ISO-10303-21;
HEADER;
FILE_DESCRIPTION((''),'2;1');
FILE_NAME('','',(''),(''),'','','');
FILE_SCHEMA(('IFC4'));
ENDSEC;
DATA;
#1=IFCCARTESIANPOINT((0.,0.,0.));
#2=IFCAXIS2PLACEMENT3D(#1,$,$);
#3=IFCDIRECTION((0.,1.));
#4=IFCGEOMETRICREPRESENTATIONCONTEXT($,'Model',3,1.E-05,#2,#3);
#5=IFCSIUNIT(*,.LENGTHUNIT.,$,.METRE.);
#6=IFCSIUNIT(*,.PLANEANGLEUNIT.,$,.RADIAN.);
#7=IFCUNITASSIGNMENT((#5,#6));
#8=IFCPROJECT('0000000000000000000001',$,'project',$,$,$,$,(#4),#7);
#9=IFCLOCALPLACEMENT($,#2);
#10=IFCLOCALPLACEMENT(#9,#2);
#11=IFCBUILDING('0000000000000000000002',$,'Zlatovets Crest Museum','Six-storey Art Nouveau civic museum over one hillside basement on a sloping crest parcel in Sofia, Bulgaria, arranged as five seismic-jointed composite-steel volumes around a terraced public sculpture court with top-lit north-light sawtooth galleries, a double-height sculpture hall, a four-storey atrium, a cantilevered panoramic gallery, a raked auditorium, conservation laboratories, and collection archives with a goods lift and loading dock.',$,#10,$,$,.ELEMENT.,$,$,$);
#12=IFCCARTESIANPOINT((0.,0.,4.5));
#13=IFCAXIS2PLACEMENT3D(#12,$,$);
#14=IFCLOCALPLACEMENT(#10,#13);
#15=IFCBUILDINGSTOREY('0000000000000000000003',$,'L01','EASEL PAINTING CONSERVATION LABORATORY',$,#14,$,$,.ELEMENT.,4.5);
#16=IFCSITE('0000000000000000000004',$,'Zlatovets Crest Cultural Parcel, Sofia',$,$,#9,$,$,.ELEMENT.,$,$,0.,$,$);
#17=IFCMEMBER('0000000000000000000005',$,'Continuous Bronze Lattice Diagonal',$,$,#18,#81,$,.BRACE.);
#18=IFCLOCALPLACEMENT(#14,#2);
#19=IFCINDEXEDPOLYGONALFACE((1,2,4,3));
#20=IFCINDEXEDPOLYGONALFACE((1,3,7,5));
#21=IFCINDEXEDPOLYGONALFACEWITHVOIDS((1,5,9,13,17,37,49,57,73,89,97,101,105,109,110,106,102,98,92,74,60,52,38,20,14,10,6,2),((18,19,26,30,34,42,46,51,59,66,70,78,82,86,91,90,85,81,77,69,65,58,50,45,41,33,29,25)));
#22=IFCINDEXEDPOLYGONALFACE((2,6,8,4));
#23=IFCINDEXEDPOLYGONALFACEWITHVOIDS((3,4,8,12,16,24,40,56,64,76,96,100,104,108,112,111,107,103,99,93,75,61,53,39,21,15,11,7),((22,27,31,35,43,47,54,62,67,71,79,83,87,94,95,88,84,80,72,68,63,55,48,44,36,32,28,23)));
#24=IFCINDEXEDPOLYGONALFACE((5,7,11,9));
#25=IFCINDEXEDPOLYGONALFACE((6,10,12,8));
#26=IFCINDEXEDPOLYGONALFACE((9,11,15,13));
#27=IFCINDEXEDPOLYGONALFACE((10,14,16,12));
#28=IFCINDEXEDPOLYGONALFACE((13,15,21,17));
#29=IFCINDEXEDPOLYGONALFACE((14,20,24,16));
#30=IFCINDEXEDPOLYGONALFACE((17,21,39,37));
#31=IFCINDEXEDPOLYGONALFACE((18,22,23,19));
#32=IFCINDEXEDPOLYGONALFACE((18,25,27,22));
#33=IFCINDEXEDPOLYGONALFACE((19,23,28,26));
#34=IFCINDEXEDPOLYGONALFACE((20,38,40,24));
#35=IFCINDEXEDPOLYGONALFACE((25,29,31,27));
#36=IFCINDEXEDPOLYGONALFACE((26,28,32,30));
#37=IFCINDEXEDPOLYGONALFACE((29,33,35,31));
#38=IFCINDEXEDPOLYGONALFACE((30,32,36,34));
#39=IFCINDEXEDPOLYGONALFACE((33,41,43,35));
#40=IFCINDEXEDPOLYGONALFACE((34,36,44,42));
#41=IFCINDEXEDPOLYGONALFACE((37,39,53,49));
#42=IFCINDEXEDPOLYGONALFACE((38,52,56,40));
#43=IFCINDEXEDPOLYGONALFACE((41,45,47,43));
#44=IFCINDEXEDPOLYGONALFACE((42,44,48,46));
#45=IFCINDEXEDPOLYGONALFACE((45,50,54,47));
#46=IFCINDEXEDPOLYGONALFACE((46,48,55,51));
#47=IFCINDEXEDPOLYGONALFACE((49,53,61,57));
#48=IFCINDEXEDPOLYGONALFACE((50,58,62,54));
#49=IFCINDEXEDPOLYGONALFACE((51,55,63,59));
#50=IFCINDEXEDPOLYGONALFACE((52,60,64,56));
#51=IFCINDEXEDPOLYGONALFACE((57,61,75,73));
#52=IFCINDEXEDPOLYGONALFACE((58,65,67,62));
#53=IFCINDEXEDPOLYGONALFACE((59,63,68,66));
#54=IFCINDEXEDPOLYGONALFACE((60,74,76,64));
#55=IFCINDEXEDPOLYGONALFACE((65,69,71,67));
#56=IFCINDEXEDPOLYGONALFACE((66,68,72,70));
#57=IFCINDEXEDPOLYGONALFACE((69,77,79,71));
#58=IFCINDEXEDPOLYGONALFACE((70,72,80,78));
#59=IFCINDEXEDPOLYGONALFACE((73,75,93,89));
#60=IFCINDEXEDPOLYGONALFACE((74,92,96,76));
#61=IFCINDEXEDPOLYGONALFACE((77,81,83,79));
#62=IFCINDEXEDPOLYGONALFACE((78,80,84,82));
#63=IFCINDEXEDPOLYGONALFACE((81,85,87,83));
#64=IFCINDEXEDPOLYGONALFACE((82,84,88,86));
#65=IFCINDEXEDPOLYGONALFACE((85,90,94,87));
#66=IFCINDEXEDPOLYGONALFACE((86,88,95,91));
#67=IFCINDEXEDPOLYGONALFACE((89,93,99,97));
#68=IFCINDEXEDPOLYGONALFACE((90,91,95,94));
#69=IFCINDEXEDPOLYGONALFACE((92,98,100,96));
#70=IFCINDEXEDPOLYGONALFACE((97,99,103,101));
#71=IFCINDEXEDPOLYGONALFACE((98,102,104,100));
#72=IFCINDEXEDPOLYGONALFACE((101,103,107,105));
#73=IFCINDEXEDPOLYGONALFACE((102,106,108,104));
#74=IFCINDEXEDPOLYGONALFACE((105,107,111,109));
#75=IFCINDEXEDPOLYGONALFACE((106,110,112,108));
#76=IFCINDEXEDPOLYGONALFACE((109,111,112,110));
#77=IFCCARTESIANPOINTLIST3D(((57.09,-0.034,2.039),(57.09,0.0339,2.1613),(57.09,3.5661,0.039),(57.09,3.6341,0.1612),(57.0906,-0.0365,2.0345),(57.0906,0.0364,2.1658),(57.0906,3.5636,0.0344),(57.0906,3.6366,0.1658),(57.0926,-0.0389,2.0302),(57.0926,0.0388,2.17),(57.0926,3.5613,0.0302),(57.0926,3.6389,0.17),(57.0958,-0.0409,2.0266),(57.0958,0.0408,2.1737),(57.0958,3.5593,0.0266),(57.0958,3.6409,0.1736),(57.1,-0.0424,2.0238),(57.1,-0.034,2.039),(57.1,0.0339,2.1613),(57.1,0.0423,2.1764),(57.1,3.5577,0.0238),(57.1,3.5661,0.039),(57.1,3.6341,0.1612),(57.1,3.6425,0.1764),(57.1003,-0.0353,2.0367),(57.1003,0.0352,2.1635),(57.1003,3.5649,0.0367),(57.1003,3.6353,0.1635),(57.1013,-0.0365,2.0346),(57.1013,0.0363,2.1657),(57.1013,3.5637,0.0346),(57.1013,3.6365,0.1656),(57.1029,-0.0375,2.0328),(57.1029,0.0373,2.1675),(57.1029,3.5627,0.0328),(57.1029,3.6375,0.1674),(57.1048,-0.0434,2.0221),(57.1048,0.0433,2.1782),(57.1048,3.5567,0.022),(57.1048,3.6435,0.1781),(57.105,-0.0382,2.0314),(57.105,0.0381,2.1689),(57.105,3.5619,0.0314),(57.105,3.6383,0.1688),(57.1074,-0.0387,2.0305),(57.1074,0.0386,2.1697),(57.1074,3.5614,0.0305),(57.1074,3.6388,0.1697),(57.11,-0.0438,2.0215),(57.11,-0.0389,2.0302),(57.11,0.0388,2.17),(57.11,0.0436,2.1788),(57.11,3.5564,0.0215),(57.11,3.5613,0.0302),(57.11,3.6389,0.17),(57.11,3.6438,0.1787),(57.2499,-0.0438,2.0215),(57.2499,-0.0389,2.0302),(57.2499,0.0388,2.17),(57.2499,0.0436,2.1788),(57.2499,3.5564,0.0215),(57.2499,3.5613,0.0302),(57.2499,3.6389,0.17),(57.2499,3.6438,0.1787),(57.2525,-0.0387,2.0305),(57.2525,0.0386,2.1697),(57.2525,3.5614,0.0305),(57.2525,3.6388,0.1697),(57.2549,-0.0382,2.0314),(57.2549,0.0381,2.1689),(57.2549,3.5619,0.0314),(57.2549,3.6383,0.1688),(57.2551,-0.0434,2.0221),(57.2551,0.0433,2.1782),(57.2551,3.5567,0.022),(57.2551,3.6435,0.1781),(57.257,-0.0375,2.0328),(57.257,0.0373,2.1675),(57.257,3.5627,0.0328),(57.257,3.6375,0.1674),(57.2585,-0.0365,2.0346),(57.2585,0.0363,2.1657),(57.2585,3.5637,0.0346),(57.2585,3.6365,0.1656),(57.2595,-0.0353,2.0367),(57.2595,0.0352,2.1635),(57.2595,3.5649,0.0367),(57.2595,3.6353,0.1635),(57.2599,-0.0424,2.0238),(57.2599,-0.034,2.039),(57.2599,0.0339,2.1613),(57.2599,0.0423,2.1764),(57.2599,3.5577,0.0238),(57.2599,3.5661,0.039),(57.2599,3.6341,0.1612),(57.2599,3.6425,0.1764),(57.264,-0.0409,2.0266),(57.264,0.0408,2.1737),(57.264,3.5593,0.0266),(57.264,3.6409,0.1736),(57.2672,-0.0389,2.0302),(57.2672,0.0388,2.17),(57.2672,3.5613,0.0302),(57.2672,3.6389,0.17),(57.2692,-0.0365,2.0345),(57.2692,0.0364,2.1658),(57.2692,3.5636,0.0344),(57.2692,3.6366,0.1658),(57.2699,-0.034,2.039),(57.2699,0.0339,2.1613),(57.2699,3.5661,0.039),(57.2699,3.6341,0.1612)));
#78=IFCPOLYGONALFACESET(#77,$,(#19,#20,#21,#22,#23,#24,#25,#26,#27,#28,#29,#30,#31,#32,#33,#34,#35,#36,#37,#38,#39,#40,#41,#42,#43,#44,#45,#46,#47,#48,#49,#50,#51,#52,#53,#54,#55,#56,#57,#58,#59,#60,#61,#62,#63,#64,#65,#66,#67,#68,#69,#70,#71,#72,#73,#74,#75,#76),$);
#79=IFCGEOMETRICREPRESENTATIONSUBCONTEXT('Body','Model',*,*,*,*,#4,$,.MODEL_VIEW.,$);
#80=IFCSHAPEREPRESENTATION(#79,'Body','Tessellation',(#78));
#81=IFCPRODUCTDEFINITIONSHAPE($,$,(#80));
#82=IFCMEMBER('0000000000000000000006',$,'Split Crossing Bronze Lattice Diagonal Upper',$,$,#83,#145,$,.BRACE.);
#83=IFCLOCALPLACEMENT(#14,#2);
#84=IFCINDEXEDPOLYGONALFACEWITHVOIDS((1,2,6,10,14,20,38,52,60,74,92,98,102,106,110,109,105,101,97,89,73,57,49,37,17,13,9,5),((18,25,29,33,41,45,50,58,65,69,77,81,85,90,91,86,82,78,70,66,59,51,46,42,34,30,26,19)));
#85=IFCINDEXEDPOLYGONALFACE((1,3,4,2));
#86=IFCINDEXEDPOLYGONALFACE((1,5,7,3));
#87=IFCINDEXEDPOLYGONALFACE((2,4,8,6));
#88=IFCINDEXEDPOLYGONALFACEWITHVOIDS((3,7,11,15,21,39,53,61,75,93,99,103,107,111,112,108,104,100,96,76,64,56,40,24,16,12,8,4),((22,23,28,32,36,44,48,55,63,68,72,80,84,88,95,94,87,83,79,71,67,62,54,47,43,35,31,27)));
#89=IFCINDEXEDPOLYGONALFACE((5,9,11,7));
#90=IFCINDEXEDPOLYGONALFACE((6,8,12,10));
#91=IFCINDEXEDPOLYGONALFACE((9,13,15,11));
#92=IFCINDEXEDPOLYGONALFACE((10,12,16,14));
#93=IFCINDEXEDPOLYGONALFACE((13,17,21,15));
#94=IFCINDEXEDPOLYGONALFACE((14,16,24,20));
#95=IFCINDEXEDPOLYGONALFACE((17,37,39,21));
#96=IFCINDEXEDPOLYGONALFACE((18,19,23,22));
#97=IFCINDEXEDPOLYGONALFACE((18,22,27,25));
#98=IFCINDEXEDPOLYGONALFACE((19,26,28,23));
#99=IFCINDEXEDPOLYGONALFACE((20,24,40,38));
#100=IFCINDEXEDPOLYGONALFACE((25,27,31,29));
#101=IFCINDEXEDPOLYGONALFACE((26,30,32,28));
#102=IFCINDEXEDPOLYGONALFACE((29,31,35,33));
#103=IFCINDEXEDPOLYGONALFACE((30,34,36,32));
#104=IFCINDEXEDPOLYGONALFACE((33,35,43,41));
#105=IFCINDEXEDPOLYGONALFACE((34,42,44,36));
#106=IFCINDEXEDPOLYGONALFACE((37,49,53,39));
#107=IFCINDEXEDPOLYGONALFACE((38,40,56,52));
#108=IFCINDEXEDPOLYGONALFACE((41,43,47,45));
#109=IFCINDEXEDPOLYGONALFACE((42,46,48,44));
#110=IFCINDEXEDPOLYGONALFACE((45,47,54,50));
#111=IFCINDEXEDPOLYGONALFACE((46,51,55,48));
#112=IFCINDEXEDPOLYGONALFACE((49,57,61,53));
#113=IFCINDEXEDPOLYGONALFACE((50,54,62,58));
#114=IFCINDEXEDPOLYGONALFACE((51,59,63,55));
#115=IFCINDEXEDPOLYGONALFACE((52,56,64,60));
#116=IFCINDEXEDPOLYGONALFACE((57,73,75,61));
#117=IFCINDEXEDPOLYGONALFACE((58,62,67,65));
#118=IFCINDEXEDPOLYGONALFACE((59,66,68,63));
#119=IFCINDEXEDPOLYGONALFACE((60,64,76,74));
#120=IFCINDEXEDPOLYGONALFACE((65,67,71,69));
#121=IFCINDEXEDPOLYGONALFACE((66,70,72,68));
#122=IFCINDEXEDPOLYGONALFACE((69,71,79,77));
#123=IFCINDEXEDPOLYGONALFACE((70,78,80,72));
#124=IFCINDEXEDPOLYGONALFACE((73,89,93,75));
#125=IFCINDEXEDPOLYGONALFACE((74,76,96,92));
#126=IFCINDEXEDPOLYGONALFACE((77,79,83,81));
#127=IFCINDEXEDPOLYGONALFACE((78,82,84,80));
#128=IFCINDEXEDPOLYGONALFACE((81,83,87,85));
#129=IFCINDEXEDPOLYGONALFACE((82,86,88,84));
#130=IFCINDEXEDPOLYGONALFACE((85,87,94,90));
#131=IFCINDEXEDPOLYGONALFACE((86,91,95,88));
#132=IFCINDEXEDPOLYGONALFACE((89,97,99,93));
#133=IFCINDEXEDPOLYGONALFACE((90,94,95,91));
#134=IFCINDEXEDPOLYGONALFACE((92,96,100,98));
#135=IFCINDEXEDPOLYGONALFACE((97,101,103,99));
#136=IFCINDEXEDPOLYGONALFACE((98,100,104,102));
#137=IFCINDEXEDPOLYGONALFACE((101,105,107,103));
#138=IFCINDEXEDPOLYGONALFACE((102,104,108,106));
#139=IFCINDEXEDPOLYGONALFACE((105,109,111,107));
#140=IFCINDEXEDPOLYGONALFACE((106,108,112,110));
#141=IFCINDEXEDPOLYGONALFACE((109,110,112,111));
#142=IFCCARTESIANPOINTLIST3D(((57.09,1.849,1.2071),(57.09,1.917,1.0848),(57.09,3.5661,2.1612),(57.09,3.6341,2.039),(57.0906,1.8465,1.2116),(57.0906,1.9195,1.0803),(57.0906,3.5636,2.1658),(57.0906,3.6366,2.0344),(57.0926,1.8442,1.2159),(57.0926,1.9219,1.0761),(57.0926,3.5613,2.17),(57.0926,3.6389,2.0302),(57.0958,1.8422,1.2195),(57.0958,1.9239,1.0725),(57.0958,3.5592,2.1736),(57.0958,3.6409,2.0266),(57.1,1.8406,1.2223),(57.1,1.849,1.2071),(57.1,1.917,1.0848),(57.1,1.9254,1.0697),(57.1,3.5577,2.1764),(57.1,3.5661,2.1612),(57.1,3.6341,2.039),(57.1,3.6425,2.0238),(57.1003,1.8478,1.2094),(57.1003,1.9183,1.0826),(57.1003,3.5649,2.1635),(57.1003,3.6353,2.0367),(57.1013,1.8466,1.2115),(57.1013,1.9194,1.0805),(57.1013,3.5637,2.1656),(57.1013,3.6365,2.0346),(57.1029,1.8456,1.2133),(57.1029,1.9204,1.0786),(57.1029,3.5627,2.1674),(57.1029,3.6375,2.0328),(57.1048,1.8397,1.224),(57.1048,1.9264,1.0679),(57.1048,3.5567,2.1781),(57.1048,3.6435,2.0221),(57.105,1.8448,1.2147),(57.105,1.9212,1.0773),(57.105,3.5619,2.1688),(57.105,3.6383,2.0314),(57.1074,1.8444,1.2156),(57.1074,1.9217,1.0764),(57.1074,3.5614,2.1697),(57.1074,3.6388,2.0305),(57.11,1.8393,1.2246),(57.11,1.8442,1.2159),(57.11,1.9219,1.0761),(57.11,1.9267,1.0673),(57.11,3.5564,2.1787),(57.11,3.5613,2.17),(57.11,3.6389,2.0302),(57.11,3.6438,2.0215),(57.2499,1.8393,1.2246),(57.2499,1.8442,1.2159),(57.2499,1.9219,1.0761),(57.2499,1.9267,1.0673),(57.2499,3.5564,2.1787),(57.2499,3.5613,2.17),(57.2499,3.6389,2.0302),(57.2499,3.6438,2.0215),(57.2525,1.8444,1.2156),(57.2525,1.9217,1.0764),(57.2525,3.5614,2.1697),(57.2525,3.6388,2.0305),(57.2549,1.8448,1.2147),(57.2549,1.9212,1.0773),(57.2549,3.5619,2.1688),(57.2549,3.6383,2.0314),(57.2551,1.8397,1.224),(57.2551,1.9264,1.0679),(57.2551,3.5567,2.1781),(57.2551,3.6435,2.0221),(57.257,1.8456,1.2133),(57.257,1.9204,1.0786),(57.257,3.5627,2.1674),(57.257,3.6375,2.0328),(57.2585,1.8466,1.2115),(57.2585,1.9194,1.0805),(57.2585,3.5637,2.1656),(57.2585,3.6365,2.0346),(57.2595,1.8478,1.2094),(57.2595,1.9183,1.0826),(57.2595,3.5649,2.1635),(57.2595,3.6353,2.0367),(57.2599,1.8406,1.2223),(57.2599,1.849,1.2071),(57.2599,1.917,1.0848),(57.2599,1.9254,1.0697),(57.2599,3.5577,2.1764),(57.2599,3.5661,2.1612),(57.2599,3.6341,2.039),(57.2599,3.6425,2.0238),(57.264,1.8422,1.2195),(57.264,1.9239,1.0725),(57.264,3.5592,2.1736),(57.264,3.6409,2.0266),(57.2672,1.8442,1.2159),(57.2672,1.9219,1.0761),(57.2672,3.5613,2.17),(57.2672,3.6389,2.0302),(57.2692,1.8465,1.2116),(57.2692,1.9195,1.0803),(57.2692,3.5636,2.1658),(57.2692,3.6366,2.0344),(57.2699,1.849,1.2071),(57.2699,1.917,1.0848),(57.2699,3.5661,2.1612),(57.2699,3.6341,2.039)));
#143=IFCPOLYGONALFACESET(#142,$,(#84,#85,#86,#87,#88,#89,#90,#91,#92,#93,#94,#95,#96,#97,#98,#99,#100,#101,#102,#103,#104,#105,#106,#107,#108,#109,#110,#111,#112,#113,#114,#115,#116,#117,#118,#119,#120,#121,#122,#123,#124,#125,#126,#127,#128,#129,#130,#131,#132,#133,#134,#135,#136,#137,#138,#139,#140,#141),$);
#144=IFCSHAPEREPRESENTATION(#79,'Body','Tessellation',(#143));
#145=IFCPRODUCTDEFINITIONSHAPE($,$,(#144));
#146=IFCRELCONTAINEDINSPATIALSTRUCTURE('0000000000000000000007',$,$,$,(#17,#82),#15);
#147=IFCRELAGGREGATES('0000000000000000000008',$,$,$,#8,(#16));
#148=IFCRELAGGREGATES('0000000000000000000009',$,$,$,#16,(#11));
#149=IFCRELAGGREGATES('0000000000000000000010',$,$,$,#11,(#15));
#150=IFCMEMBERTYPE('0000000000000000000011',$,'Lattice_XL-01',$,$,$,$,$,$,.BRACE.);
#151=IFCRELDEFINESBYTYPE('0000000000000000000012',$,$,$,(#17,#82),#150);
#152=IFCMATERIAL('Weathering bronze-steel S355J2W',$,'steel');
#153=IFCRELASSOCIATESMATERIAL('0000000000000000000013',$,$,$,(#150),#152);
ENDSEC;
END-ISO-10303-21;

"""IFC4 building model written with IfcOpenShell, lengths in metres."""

from ifc_helpers import new_model, si_unit, direction, frame, origin, origin_2d, place, context, subcontext, project, spatial, hollow_rectangle, extrude, material, material_profile, profile_set, type_object, element, save


model = new_model("IFC4")

# Units and contexts
model_context = context("Model", 3, precision=1e-05, world=origin(), true_north=direction((0.0, 1.0)))
body_context = subcontext(model_context, "Body", "Model", "MODEL_VIEW")
ifc_project = project(units=[si_unit("LENGTHUNIT", "METRE"), si_unit("PLANEANGLEUNIT", "RADIAN")], contexts=[model_context])

# Site, building, storey
site_placement = place(None, origin())
site = spatial("IfcSite", under=ifc_project, at=site_placement, Name="Zlatovets Crest Cultural Parcel, Sofia", CompositionType="ELEMENT", RefElevation=0.0)
building_placement = place(site_placement, origin())
building = spatial("IfcBuilding", under=site, at=building_placement, Name="Zlatovets Crest Museum", Description="Six-storey Art Nouveau civic museum over one hillside basement on a sloping crest parcel in Sofia, Bulgaria, arranged as five seismic-jointed composite-steel volumes around a terraced public sculpture court with top-lit north-light sawtooth galleries, a double-height sculpture hall, a four-storey atrium, a cantilevered panoramic gallery, a raked auditorium, conservation laboratories, and collection archives with a goods lift and loading dock.", CompositionType="ELEMENT")
storey_placement = place(building_placement, frame((0.0, 0.0, 4.5)))
storey = spatial("IfcBuildingStorey", under=building, at=storey_placement, Name="L01", Description="EASEL PAINTING CONSERVATION LABORATORY", CompositionType="ELEMENT", Elevation=4.5)

# Members
ifc_material_1 = material(Name="Weathering bronze-steel S355J2W", Category="steel")
ifc_material_profile_1 = material_profile(ifc_material_1, hollow_rectangle(XDim=0.1799, YDim=0.1799, WallThickness=0.01, InnerFilletRadius=0.01, OuterFilletRadius=0.02, at=origin_2d()), Name="SHS 180x180x10.0")
ifc_profile_set_1 = profile_set([ifc_material_profile_1], Name="Weathering bronze-steel S355J2W")
member_type_1 = type_object("IfcMemberType", Name="Lattice_XL-01", PredefinedType="BRACE", material=ifc_profile_set_1)
member_1_placement = place(storey_placement, frame((57.1799, 3.6001, 0.1001), z_axis=(0.0, -0.874163, 0.485633), x_axis=(1.0, 0.0, 0.0)))
element("IfcMember", 1, at=member_1_placement, inside=storey, type_object=member_type_1, Name="Continuous Bronze Lattice Diagonal", PredefinedType="BRACE", context=body_context, shape_type="SweptSolid", body=[
    extrude(hollow_rectangle(XDim=0.1799, YDim=0.1799, WallThickness=0.01, InnerFilletRadius=0.01, OuterFilletRadius=0.02, at=origin_2d()), origin(), (0.0, 0.0, 1.0), 4.1184),
])
member_2_placement = place(storey_placement, frame((57.1799, 3.6001, 2.1001), z_axis=(0.0, -0.874116, -0.485717), x_axis=(1.0, 0.0, 0.0)))
element("IfcMember", 2, at=member_2_placement, inside=storey, type_object=member_type_1, Name="Split Crossing Bronze Lattice Diagonal Upper", PredefinedType="BRACE", context=body_context, shape_type="SweptSolid", body=[
    extrude(hollow_rectangle(XDim=0.1799, YDim=0.1799, WallThickness=0.01, InnerFilletRadius=0.01, OuterFilletRadius=0.02, at=origin_2d()), origin(), (0.0, 0.0, 1.0), 1.9644),
])

save(model, "model.ifc")
